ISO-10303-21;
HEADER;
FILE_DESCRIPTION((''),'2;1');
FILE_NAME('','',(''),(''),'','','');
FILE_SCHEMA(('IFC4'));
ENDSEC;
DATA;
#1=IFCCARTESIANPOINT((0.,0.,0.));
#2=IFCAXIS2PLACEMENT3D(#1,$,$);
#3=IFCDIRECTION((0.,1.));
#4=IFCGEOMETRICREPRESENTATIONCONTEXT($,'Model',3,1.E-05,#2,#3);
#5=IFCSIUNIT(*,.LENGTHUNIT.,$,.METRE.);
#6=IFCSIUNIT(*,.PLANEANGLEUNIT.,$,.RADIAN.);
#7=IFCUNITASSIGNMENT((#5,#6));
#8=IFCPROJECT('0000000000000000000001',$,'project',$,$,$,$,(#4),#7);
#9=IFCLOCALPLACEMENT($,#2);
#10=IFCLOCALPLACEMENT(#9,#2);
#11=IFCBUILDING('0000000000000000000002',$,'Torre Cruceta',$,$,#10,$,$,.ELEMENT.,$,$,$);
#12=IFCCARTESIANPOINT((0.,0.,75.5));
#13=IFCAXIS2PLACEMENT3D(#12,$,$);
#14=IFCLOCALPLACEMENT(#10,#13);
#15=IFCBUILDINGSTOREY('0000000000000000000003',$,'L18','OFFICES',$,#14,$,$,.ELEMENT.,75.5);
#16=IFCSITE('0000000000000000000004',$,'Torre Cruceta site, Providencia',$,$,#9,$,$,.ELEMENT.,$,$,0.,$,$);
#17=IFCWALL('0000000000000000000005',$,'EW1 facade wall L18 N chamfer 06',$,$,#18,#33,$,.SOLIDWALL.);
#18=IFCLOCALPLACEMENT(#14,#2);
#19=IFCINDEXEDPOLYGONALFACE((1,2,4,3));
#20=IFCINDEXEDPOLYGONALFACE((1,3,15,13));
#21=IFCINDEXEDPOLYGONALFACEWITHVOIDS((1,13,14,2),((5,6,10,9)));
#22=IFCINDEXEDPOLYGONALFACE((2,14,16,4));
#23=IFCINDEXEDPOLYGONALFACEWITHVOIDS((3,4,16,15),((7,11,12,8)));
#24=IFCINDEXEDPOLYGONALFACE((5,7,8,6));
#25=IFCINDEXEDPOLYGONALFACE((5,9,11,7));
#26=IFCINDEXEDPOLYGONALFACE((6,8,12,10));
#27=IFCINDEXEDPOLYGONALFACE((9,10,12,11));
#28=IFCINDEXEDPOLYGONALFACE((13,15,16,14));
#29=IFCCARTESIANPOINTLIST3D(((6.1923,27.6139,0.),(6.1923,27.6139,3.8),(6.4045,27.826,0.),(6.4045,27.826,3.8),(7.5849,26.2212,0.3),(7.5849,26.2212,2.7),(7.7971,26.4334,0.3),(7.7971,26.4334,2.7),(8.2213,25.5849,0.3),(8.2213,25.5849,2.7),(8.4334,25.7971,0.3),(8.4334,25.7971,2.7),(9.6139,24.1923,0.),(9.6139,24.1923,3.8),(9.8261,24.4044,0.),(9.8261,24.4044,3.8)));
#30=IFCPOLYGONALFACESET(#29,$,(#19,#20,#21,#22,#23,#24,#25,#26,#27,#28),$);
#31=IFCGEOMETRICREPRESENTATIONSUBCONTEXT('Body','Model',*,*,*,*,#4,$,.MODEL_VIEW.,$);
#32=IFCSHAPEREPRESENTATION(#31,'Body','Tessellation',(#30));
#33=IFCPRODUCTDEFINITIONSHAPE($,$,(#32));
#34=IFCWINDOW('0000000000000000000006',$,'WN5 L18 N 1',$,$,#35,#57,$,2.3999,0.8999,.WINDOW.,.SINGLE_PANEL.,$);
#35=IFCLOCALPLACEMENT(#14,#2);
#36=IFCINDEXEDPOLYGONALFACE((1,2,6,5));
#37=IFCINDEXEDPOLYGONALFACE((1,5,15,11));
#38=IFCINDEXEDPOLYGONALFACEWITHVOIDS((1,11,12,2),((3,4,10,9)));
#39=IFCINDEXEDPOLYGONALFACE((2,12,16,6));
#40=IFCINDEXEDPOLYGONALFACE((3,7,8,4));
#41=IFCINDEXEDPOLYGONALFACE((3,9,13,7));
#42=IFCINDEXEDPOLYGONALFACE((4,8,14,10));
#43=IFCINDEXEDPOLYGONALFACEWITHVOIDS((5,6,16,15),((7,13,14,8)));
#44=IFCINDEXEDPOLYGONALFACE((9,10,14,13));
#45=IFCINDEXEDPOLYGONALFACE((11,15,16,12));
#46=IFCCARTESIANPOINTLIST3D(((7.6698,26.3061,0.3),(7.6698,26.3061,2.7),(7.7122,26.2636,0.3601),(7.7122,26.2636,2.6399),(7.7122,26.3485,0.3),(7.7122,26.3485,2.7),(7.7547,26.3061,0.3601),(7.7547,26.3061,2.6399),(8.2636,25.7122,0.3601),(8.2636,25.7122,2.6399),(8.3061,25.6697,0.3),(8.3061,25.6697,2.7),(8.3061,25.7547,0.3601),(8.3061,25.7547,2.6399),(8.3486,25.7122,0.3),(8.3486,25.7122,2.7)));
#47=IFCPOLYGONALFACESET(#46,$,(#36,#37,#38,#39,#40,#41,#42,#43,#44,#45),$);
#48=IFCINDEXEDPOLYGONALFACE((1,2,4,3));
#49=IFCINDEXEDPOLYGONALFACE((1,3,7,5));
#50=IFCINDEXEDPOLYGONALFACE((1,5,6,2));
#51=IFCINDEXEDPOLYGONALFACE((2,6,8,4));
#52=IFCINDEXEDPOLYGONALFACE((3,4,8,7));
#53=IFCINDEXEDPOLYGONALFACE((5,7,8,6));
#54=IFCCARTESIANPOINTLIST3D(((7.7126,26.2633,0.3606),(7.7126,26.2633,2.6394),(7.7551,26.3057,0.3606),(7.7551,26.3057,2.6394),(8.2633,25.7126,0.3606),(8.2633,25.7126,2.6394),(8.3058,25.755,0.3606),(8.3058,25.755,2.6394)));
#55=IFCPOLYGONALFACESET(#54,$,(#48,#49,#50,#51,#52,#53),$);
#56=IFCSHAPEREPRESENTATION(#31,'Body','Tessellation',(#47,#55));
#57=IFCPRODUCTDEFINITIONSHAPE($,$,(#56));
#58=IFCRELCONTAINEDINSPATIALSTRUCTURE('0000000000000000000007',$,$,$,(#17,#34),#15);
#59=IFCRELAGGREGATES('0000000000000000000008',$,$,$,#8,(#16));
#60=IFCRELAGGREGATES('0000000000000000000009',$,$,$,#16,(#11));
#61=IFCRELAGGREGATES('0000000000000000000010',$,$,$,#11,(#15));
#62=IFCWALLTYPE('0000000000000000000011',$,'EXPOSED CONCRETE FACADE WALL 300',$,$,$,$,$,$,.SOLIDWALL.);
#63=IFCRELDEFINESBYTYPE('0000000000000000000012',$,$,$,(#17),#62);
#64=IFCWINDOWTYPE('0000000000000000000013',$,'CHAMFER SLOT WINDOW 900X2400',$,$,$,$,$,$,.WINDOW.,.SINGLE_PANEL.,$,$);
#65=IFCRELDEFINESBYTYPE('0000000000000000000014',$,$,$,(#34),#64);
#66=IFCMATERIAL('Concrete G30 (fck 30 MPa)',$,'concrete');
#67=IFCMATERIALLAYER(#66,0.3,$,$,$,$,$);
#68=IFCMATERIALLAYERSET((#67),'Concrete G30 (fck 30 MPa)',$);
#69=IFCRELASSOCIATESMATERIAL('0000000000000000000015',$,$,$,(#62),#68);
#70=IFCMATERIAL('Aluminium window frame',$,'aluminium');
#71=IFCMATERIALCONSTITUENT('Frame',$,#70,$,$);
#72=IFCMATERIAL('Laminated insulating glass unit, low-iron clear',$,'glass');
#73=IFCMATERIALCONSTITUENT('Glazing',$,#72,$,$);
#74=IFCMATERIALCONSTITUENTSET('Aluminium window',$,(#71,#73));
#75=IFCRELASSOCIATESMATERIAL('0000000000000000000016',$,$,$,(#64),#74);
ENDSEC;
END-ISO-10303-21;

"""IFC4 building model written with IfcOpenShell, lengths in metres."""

from ifc_helpers import new_model, si_unit, direction, frame, frame_2d, origin, place, context, subcontext, project, spatial, rectangle, hollow_rectangle, extrude, material, layer, layer_set, constituent, constituent_set, type_object, element, fill, save


model = new_model("IFC4")

# Units and contexts
model_context = context("Model", 3, precision=1e-05, world=origin(), true_north=direction((0.0, 1.0)))
body_context = subcontext(model_context, "Body", "Model", "MODEL_VIEW")
ifc_project = project(units=[si_unit("LENGTHUNIT", "METRE"), si_unit("PLANEANGLEUNIT", "RADIAN")], contexts=[model_context])

# Site, building, storey
site_placement = place(None, origin())
site = spatial("IfcSite", under=ifc_project, at=site_placement, Name="Torre Cruceta site, Providencia", CompositionType="ELEMENT", RefElevation=0.0)
building_placement = place(site_placement, origin())
building = spatial("IfcBuilding", under=site, at=building_placement, Name="Torre Cruceta", CompositionType="ELEMENT")
storey_placement = place(building_placement, frame((0.0, 0.0, 75.5)))
storey = spatial("IfcBuildingStorey", under=building, at=storey_placement, Name="L18", Description="OFFICES", CompositionType="ELEMENT", Elevation=75.5)

# Wall, opening, window
ifc_material_1 = material(Name="Concrete G30 (fck 30 MPa)", Category="concrete")
ifc_layer_1 = layer(ifc_material_1, 0.3)
ifc_layer_set_1 = layer_set([ifc_layer_1], Name="Concrete G30 (fck 30 MPa)")
wall_type = type_object("IfcWallType", Name="EXPOSED CONCRETE FACADE WALL 300", PredefinedType="SOLIDWALL", material=ifc_layer_set_1)
wall_placement = place(storey_placement, frame((9.72, 24.2983, 0.0), z_axis=(0.0, 0.0, 1.0), x_axis=(-0.707107, 0.707107, 0.0)))
wall = element("IfcWall", 1, at=wall_placement, inside=storey, type_object=wall_type, Name="EW1 facade wall L18 N chamfer 06", PredefinedType="SOLIDWALL", context=body_context, shape_type="SweptSolid", body=[
    extrude(rectangle(XDim=4.8389, YDim=0.3, at=frame_2d((2.4194, 0.0))), origin(), (0.0, 0.0, 1.0), 3.8),
])
opening_placement = place(wall_placement, frame((1.9695, 0.0, 0.3)))
opening = element("IfcOpeningElement", 2, at=opening_placement, cuts=wall, PredefinedType="OPENING", context=body_context, shape_type="SweptSolid", body=[
    extrude(rectangle(XDim=0.8999, YDim=2.3999, at=frame_2d((0.45, 1.2))), frame((0.0, 0.1599, 0.0), z_axis=(0.0, -1.0, 0.0), x_axis=(1.0, 0.0, 0.0)), (0.0, 0.0, 1.0), 0.3201),
])
ifc_material_2 = material(Name="Aluminium window frame", Category="aluminium")
ifc_constituent_1 = constituent(ifc_material_2, Name="Frame")
ifc_material_3 = material(Name="Laminated insulating glass unit, low-iron clear", Category="glass")
ifc_constituent_2 = constituent(ifc_material_3, Name="Glazing")
ifc_constituent_set = constituent_set(constituents=[ifc_constituent_1, ifc_constituent_2], Name="Aluminium window")
window_type = type_object("IfcWindowType", Name="CHAMFER SLOT WINDOW 900X2400", PartitioningType="SINGLE_PANEL", PredefinedType="WINDOW", material=ifc_constituent_set)
window_placement = place(opening_placement, origin())
window = element("IfcWindow", 3, at=window_placement, inside=storey, type_object=window_type, Name="WN5 L18 N 1", OverallHeight=2.3999, OverallWidth=0.8999, PartitioningType="SINGLE_PANEL", PredefinedType="WINDOW", context=body_context, shape_type="SweptSolid", body=[
    extrude(hollow_rectangle(XDim=0.8999, YDim=2.3999, WallThickness=0.0601, at=frame_2d((0.45, 1.2))), frame((0.0, 0.03, 0.0), z_axis=(0.0, -1.0, 0.0), x_axis=(1.0, 0.0, 0.0)), (0.0, 0.0, 1.0), 0.0601),
    extrude(rectangle(XDim=0.7788, YDim=2.2788, at=frame_2d((0.45, 1.2))), frame((0.0, 0.03, 0.0), z_axis=(0.0, -1.0, 0.0), x_axis=(1.0, 0.0, 0.0)), (0.0, 0.0, 1.0), 0.0601),
])
fill(opening, window)

save(model, "model.ifc")
